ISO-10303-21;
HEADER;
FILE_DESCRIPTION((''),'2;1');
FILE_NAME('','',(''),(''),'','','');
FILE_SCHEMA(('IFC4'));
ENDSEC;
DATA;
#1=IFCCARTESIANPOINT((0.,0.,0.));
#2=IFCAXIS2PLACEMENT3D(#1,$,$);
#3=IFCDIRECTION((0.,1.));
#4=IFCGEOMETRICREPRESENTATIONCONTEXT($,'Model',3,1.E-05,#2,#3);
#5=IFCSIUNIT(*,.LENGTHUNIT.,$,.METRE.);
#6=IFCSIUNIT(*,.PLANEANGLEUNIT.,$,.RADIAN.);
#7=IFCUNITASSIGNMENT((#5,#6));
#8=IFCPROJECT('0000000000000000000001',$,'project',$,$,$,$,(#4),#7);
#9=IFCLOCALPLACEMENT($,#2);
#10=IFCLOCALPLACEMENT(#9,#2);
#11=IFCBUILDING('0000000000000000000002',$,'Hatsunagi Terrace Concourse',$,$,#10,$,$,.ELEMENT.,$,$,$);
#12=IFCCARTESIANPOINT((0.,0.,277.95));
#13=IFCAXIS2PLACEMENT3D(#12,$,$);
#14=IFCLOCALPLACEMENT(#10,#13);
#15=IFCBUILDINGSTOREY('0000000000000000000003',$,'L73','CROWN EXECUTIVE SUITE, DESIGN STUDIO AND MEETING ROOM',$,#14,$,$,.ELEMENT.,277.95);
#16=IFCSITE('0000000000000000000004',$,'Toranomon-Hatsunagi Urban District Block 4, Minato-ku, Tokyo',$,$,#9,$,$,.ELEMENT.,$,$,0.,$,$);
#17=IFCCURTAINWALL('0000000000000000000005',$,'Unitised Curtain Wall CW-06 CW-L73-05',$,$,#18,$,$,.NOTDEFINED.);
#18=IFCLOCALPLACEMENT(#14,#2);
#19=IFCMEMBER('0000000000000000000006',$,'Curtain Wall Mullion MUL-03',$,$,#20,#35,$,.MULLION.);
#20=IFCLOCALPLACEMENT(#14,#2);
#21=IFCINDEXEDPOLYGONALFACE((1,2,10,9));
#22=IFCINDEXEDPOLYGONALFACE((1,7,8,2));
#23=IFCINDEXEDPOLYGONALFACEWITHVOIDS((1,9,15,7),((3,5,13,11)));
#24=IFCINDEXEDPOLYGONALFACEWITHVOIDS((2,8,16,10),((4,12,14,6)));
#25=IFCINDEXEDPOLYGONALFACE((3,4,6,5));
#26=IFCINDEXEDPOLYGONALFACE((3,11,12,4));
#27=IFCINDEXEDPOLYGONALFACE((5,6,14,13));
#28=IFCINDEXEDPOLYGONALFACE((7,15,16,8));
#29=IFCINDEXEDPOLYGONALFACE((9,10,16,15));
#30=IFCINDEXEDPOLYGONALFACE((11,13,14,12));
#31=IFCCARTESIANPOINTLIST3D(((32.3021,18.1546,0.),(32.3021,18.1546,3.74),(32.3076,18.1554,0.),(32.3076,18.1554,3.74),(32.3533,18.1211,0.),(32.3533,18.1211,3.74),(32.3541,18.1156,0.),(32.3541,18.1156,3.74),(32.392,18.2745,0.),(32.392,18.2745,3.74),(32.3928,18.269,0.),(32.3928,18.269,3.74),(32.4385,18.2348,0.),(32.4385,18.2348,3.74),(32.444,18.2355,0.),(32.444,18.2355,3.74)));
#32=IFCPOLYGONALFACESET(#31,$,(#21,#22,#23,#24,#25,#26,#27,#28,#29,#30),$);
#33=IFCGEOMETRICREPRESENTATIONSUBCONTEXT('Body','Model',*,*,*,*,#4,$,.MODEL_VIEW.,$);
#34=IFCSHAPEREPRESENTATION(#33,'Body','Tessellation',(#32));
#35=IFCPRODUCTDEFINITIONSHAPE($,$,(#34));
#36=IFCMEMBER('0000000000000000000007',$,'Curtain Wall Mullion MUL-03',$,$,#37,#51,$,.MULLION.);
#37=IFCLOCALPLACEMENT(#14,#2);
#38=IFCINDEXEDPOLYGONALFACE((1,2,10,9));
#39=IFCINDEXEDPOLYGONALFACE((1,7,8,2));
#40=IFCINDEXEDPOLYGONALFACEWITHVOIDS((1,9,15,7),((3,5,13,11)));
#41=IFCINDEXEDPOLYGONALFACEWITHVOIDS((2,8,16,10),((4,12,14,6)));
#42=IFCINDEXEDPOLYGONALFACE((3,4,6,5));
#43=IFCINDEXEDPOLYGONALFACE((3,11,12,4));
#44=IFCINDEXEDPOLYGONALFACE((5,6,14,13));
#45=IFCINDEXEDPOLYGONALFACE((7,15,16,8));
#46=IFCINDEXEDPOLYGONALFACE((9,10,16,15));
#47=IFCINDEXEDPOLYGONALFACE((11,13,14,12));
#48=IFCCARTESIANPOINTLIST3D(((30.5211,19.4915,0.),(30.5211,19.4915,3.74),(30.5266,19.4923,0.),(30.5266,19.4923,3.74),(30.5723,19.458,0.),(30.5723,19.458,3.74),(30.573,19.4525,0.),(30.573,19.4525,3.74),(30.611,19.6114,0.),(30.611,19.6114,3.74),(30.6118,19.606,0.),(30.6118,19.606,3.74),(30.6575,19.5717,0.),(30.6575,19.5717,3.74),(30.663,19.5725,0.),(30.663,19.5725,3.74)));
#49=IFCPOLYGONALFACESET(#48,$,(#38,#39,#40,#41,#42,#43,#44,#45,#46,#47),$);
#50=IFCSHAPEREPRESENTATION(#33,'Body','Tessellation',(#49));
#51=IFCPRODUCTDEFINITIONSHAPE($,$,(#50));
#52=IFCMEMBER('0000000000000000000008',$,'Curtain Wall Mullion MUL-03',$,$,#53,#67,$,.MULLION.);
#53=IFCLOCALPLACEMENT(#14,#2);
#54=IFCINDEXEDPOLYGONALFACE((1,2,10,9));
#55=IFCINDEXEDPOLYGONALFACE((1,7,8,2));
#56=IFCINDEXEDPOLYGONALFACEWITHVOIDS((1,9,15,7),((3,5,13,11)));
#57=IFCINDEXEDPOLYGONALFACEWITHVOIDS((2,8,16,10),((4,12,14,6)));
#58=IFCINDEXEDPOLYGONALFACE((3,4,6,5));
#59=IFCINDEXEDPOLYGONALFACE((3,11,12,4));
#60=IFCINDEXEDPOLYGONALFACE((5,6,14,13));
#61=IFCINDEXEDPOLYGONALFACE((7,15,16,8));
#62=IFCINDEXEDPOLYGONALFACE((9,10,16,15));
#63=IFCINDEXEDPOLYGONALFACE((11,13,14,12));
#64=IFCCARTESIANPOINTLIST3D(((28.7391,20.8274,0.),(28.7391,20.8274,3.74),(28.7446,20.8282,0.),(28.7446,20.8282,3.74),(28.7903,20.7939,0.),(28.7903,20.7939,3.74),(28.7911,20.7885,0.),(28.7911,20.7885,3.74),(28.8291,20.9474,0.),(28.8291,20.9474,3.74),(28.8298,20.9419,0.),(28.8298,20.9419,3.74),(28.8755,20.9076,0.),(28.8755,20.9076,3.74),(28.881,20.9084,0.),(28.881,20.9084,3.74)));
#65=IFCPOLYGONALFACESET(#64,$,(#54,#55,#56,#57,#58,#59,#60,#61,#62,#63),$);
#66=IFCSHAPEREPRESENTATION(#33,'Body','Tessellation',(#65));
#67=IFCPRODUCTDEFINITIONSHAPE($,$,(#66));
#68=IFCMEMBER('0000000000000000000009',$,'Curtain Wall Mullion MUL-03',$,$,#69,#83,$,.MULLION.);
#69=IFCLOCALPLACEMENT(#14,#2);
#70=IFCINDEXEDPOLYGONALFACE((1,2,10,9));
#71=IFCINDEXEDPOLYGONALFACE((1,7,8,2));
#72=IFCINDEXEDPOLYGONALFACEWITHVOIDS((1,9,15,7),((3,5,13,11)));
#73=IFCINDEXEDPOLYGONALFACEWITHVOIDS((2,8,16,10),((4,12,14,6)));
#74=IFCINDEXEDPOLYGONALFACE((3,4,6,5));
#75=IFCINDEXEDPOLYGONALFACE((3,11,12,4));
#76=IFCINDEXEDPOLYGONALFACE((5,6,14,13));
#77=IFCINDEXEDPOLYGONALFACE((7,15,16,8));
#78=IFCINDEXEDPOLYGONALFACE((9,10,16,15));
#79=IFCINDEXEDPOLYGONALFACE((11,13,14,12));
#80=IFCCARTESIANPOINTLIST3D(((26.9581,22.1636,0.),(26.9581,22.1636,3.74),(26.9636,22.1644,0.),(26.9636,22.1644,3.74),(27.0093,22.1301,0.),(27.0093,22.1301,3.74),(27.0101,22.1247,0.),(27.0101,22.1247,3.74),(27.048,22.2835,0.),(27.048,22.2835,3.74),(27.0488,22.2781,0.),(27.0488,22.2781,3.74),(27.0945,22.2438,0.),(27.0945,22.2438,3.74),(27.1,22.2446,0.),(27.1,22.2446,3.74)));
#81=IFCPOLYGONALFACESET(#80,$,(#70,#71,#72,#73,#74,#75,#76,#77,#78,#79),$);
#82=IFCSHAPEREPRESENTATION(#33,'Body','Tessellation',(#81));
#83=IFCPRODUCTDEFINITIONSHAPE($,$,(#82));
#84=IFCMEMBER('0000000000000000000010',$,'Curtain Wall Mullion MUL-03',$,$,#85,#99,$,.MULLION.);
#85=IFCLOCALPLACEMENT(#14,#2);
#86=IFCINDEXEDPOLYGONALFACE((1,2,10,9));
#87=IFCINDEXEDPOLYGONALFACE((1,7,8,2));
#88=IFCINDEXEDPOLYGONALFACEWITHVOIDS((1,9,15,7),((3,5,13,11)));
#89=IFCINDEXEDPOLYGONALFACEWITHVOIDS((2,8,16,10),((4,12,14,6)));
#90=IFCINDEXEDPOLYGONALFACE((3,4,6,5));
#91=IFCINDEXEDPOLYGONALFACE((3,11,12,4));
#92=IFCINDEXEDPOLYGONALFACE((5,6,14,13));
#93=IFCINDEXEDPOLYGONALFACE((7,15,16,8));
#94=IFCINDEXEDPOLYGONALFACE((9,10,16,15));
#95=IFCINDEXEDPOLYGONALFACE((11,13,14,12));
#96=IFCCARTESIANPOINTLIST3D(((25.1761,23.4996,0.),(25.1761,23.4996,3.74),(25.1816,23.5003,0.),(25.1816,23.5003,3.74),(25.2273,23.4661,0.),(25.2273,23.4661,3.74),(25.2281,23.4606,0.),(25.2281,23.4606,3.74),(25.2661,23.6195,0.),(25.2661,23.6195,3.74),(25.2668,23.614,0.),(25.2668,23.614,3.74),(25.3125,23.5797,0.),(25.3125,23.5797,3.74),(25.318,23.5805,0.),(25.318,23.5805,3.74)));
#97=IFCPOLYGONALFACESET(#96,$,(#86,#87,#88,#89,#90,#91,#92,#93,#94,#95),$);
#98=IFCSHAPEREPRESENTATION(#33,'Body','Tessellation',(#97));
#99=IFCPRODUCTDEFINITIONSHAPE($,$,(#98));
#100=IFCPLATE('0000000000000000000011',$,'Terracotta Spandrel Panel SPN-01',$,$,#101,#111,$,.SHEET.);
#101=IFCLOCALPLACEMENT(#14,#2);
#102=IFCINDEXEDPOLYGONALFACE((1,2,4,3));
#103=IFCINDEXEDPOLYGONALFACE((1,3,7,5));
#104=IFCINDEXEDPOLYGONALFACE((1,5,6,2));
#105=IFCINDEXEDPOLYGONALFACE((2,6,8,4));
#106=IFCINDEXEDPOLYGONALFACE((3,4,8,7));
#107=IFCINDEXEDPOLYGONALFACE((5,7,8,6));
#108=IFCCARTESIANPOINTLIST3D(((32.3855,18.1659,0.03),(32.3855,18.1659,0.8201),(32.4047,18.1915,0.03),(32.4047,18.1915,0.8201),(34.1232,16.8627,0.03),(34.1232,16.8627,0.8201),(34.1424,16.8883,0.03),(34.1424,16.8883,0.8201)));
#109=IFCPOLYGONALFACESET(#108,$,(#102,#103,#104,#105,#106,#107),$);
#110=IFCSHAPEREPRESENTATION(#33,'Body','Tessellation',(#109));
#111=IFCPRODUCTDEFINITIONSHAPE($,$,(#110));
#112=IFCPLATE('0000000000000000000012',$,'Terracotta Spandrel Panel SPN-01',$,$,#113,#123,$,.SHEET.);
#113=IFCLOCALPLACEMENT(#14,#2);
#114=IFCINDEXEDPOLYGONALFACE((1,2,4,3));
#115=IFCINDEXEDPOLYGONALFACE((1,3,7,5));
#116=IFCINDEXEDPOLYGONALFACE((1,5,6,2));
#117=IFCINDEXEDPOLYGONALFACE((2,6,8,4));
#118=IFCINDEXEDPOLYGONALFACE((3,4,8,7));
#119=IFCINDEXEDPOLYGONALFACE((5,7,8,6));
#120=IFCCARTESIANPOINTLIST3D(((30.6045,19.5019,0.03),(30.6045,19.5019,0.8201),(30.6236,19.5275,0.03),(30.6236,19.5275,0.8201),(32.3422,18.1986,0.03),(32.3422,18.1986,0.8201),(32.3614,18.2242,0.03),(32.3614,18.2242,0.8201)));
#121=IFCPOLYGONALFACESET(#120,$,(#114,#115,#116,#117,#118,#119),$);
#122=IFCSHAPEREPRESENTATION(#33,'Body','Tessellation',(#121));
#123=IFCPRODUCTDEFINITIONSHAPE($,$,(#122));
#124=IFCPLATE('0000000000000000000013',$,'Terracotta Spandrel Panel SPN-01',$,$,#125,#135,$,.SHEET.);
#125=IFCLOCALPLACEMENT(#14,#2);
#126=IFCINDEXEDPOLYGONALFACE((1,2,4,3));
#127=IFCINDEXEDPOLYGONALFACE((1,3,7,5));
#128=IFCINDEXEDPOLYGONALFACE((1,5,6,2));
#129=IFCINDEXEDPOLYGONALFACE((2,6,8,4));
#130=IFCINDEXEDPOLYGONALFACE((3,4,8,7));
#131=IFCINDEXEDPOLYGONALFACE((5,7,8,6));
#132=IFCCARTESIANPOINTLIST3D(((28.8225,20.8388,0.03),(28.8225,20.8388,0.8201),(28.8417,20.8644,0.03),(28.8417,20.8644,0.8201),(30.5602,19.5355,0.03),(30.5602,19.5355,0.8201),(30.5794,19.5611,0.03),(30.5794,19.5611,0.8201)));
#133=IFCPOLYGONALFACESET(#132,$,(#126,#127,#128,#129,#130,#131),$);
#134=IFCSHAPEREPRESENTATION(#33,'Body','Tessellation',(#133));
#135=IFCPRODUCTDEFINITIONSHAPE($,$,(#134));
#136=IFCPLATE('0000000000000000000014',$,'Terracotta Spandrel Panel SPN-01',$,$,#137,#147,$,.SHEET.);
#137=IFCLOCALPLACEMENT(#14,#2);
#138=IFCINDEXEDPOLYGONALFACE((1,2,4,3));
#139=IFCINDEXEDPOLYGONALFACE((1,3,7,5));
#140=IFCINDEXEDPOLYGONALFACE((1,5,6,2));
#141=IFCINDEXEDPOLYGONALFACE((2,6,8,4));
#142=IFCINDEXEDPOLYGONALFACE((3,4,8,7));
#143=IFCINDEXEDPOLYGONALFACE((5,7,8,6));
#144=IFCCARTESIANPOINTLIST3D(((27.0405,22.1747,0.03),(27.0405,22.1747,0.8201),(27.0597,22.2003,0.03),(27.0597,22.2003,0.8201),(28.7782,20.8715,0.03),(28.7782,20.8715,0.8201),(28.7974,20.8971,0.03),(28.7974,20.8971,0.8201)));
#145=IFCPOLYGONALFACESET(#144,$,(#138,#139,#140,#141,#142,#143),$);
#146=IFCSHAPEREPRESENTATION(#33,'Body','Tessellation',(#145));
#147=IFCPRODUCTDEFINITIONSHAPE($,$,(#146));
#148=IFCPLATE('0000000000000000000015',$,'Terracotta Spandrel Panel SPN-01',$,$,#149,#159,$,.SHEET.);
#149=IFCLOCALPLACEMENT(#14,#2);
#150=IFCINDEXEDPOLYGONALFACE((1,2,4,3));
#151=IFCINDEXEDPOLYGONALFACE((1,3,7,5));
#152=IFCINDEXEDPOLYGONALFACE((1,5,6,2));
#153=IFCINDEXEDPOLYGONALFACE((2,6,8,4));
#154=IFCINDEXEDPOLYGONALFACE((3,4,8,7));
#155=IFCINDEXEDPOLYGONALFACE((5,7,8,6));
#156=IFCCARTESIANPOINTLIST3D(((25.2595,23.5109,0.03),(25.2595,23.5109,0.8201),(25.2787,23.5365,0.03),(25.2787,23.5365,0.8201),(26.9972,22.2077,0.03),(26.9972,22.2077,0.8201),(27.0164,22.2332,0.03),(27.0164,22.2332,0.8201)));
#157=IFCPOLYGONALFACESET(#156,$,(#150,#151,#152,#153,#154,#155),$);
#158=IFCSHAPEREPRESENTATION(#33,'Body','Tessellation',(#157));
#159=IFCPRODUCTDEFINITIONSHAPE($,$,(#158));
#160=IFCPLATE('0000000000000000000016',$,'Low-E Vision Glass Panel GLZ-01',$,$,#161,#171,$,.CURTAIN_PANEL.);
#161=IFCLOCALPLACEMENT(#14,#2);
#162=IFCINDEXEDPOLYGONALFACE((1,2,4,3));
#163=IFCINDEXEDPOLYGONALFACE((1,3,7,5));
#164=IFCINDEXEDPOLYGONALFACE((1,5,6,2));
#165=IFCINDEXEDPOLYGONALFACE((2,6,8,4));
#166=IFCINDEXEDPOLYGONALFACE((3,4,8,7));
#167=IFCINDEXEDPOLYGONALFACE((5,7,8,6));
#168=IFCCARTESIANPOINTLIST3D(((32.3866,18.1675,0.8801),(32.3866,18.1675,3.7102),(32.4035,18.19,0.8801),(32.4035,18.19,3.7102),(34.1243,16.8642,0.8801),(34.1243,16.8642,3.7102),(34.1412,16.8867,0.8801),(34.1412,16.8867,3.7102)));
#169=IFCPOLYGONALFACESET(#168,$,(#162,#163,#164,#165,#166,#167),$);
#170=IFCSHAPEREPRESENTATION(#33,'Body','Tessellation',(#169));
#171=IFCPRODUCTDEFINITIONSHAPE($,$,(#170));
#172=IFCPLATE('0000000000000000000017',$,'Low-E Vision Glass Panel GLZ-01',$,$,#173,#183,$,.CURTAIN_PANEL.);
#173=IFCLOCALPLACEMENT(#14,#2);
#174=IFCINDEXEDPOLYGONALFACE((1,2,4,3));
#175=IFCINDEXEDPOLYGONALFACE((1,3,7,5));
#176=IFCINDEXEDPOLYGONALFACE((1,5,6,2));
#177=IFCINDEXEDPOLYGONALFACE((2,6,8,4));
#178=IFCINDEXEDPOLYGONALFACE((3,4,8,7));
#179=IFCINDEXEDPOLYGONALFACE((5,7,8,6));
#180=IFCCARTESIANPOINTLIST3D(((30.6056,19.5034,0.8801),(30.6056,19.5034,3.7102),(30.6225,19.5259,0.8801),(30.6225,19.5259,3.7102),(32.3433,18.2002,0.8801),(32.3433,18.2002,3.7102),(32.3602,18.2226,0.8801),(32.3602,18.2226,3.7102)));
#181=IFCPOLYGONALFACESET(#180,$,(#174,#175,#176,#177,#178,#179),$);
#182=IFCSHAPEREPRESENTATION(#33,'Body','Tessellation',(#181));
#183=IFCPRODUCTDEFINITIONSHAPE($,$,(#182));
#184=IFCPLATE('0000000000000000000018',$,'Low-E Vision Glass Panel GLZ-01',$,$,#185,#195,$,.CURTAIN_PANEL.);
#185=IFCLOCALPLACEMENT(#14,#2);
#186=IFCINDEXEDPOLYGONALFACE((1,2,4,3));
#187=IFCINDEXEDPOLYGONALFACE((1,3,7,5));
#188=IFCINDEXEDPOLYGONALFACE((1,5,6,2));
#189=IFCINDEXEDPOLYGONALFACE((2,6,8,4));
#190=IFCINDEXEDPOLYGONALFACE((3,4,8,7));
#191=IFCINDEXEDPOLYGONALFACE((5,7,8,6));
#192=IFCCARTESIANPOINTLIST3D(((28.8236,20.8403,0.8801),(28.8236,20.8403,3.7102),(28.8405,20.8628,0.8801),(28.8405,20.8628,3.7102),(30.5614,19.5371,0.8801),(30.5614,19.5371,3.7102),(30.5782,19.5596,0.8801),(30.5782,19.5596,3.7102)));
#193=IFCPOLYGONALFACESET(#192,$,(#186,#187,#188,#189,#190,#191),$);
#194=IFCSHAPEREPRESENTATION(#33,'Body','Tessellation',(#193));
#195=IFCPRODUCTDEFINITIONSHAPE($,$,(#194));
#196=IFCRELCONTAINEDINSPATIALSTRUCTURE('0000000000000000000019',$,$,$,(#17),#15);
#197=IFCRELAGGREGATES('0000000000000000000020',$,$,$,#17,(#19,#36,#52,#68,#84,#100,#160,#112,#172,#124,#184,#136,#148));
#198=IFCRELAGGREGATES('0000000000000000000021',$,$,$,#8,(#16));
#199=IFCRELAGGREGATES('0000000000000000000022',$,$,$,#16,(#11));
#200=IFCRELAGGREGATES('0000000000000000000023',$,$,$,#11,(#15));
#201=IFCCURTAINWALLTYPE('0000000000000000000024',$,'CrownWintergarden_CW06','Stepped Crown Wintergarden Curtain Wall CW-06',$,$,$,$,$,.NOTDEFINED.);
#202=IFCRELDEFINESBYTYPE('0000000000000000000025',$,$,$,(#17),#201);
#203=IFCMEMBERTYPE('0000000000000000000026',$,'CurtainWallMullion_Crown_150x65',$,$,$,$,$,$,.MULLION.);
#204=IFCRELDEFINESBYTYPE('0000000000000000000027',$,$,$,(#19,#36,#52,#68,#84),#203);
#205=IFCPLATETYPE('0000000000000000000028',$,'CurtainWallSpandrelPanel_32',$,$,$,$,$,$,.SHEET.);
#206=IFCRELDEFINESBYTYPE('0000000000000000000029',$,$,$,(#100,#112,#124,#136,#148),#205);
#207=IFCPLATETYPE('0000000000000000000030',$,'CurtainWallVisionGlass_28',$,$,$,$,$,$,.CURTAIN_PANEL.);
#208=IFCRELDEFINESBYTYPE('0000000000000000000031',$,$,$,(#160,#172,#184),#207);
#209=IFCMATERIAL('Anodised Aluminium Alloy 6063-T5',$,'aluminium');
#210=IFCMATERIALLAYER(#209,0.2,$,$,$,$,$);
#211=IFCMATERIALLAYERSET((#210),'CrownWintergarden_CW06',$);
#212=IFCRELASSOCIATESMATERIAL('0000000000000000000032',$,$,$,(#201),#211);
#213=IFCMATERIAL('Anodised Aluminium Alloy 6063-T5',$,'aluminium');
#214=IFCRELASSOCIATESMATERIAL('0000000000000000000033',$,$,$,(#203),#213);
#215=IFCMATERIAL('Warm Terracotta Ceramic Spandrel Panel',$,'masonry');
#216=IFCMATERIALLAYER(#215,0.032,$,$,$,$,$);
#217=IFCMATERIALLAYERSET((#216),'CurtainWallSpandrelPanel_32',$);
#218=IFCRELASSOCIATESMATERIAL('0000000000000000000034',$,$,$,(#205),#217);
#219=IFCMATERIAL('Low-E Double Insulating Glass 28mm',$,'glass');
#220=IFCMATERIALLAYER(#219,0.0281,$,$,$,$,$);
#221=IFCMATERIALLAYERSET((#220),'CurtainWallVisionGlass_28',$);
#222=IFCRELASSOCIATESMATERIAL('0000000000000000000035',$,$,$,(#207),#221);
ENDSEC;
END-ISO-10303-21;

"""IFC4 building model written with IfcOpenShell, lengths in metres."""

from ifc_helpers import new_model, si_unit, direction, frame, origin, origin_2d, place, context, subcontext, project, spatial, rectangle, hollow_rectangle, extrude, material, layer, layer_set, material_profile, profile_set, type_object, element, aggregate, save


model = new_model("IFC4")

# Units and contexts
model_context = context("Model", 3, precision=1e-05, world=origin(), true_north=direction((0.0, 1.0)))
body_context = subcontext(model_context, "Body", "Model", "MODEL_VIEW")
ifc_project = project(units=[si_unit("LENGTHUNIT", "METRE"), si_unit("PLANEANGLEUNIT", "RADIAN")], contexts=[model_context])

# Site, building, storey
site_placement = place(None, origin())
site = spatial("IfcSite", under=ifc_project, at=site_placement, Name="Toranomon-Hatsunagi Urban District Block 4, Minato-ku, Tokyo", CompositionType="ELEMENT", RefElevation=0.0)
building_placement = place(site_placement, origin())
building = spatial("IfcBuilding", under=site, at=building_placement, Name="Hatsunagi Terrace Concourse", CompositionType="ELEMENT")
storey_placement = place(building_placement, frame((0.0, 0.0, 277.95)))
storey = spatial("IfcBuildingStorey", under=building, at=storey_placement, Name="L73", Description="CROWN EXECUTIVE SUITE, DESIGN STUDIO AND MEETING ROOM", CompositionType="ELEMENT", Elevation=277.95)

# Curtain wall, members, plates
ifc_material_1 = material(Name="Anodised Aluminium Alloy 6063-T5", Category="aluminium")
ifc_layer_1 = layer(ifc_material_1, 0.2)
ifc_layer_set_1 = layer_set([ifc_layer_1], Name="CrownWintergarden_CW06")
curtain_wall_type = type_object("IfcCurtainWallType", Name="CrownWintergarden_CW06", Description="Stepped Crown Wintergarden Curtain Wall CW-06", PredefinedType="NOTDEFINED", material=ifc_layer_set_1)
curtain_wall_placement = place(storey_placement, origin())
curtain_wall = element("IfcCurtainWall", 1, at=curtain_wall_placement, inside=storey, type_object=curtain_wall_type, Name="Unitised Curtain Wall CW-06 CW-L73-05", PredefinedType="NOTDEFINED")
ifc_material_2 = material(Name="Anodised Aluminium Alloy 6063-T5", Category="aluminium")
ifc_material_profile = material_profile(ifc_material_2, hollow_rectangle(XDim=0.0649, YDim=0.1499, WallThickness=0.0039, at=origin_2d()), Name="ALU-MUL-150x65x4")
ifc_profile_set = profile_set([ifc_material_profile], Name="Anodised Aluminium Alloy 6063-T5")
member_type = type_object("IfcMemberType", Name="CurtainWallMullion_Crown_150x65", PredefinedType="MULLION", material=ifc_profile_set)
member_1_placement = place(storey_placement, frame((32.373, 18.1951, 0.0), z_axis=(0.0, 0.0, 1.0), x_axis=(-0.800007, 0.59999, 0.0)))
member_1 = element("IfcMember", 2, at=member_1_placement, type_object=member_type, Name="Curtain Wall Mullion MUL-03", PredefinedType="MULLION", context=body_context, shape_type="SweptSolid", body=[
    extrude(hollow_rectangle(XDim=0.0649, YDim=0.1499, WallThickness=0.0039, at=origin_2d()), origin(), (0.0, 0.0, 1.0), 3.74),
])
member_2_placement = place(storey_placement, frame((30.592, 19.532, 0.0), z_axis=(0.0, 0.0, 1.0), x_axis=(-0.800007, 0.59999, 0.0)))
member_2 = element("IfcMember", 3, at=member_2_placement, type_object=member_type, Name="Curtain Wall Mullion MUL-03", PredefinedType="MULLION", context=body_context, shape_type="SweptSolid", body=[
    extrude(hollow_rectangle(XDim=0.0649, YDim=0.1499, WallThickness=0.0039, at=origin_2d()), origin(), (0.0, 0.0, 1.0), 3.74),
])
member_3_placement = place(storey_placement, frame((28.8101, 20.8679, 0.0), z_axis=(0.0, 0.0, 1.0), x_axis=(-0.800007, 0.59999, 0.0)))
member_3 = element("IfcMember", 4, at=member_3_placement, type_object=member_type, Name="Curtain Wall Mullion MUL-03", PredefinedType="MULLION", context=body_context, shape_type="SweptSolid", body=[
    extrude(hollow_rectangle(XDim=0.0649, YDim=0.1499, WallThickness=0.0039, at=origin_2d()), origin(), (0.0, 0.0, 1.0), 3.74),
])
member_4_placement = place(storey_placement, frame((27.0291, 22.2041, 0.0), z_axis=(0.0, 0.0, 1.0), x_axis=(-0.800007, 0.59999, 0.0)))
member_4 = element("IfcMember", 5, at=member_4_placement, type_object=member_type, Name="Curtain Wall Mullion MUL-03", PredefinedType="MULLION", context=body_context, shape_type="SweptSolid", body=[
    extrude(hollow_rectangle(XDim=0.0649, YDim=0.1499, WallThickness=0.0039, at=origin_2d()), origin(), (0.0, 0.0, 1.0), 3.74),
])
member_5_placement = place(storey_placement, frame((25.2471, 23.54, 0.0), z_axis=(0.0, 0.0, 1.0), x_axis=(-0.800007, 0.59999, 0.0)))
member_5 = element("IfcMember", 6, at=member_5_placement, type_object=member_type, Name="Curtain Wall Mullion MUL-03", PredefinedType="MULLION", context=body_context, shape_type="SweptSolid", body=[
    extrude(hollow_rectangle(XDim=0.0649, YDim=0.1499, WallThickness=0.0039, at=origin_2d()), origin(), (0.0, 0.0, 1.0), 3.74),
])
ifc_material_3 = material(Name="Warm Terracotta Ceramic Spandrel Panel", Category="masonry")
ifc_layer_2 = layer(ifc_material_3, 0.032)
ifc_layer_set_2 = layer_set([ifc_layer_2], Name="CurtainWallSpandrelPanel_32")
plate_type_1 = type_object("IfcPlateType", Name="CurtainWallSpandrelPanel_32", PredefinedType="SHEET", material=ifc_layer_set_2)
plate_1_placement = place(storey_placement, frame((33.2639, 17.5271, 0.03), z_axis=(0.0, 0.0, 1.0), x_axis=(-0.800007, 0.59999, 0.0)))
plate_1 = element("IfcPlate", 7, at=plate_1_placement, type_object=plate_type_1, Name="Terracotta Spandrel Panel SPN-01", PredefinedType="SHEET", context=body_context, shape_type="SweptSolid", body=[
    extrude(rectangle(XDim=2.1721, YDim=0.032, at=origin_2d()), origin(), (0.0, 0.0, 1.0), 0.79),
])
plate_2_placement = place(storey_placement, frame((31.4829, 18.863, 0.03), z_axis=(0.0, 0.0, 1.0), x_axis=(-0.800007, 0.59999, 0.0)))
plate_2 = element("IfcPlate", 8, at=plate_2_placement, type_object=plate_type_1, Name="Terracotta Spandrel Panel SPN-01", PredefinedType="SHEET", context=body_context, shape_type="SweptSolid", body=[
    extrude(rectangle(XDim=2.1721, YDim=0.032, at=origin_2d()), origin(), (0.0, 0.0, 1.0), 0.79),
])
plate_3_placement = place(storey_placement, frame((29.7009, 20.2, 0.03), z_axis=(0.0, 0.0, 1.0), x_axis=(-0.800007, 0.59999, 0.0)))
plate_3 = element("IfcPlate", 9, at=plate_3_placement, type_object=plate_type_1, Name="Terracotta Spandrel Panel SPN-01", PredefinedType="SHEET", context=body_context, shape_type="SweptSolid", body=[
    extrude(rectangle(XDim=2.1721, YDim=0.032, at=origin_2d()), origin(), (0.0, 0.0, 1.0), 0.79),
])
plate_4_placement = place(storey_placement, frame((27.9189, 21.5359, 0.03), z_axis=(0.0, 0.0, 1.0), x_axis=(-0.800007, 0.59999, 0.0)))
plate_4 = element("IfcPlate", 10, at=plate_4_placement, type_object=plate_type_1, Name="Terracotta Spandrel Panel SPN-01", PredefinedType="SHEET", context=body_context, shape_type="SweptSolid", body=[
    extrude(rectangle(XDim=2.1721, YDim=0.032, at=origin_2d()), origin(), (0.0, 0.0, 1.0), 0.79),
])
plate_5_placement = place(storey_placement, frame((26.1379, 22.8721, 0.03), z_axis=(0.0, 0.0, 1.0), x_axis=(-0.800007, 0.59999, 0.0)))
plate_5 = element("IfcPlate", 11, at=plate_5_placement, type_object=plate_type_1, Name="Terracotta Spandrel Panel SPN-01", PredefinedType="SHEET", context=body_context, shape_type="SweptSolid", body=[
    extrude(rectangle(XDim=2.1721, YDim=0.032, at=origin_2d()), origin(), (0.0, 0.0, 1.0), 0.79),
])
ifc_material_4 = material(Name="Low-E Double Insulating Glass 28mm", Category="glass")
ifc_layer_3 = layer(ifc_material_4, 0.0281)
ifc_layer_set_3 = layer_set([ifc_layer_3], Name="CurtainWallVisionGlass_28")
plate_type_2 = type_object("IfcPlateType", Name="CurtainWallVisionGlass_28", PredefinedType="CURTAIN_PANEL", material=ifc_layer_set_3)
plate_6_placement = place(storey_placement, frame((33.2639, 17.5271, 0.8801), z_axis=(0.0, 0.0, 1.0), x_axis=(-0.800007, 0.59999, 0.0)))
plate_6 = element("IfcPlate", 12, at=plate_6_placement, type_object=plate_type_2, Name="Low-E Vision Glass Panel GLZ-01", PredefinedType="CURTAIN_PANEL", context=body_context, shape_type="SweptSolid", body=[
    extrude(rectangle(XDim=2.1721, YDim=0.0281, at=origin_2d()), origin(), (0.0, 0.0, 1.0), 2.8301),
])
plate_7_placement = place(storey_placement, frame((31.4829, 18.863, 0.8801), z_axis=(0.0, 0.0, 1.0), x_axis=(-0.800007, 0.59999, 0.0)))
plate_7 = element("IfcPlate", 13, at=plate_7_placement, type_object=plate_type_2, Name="Low-E Vision Glass Panel GLZ-01", PredefinedType="CURTAIN_PANEL", context=body_context, shape_type="SweptSolid", body=[
    extrude(rectangle(XDim=2.1721, YDim=0.0281, at=origin_2d()), origin(), (0.0, 0.0, 1.0), 2.8301),
])
plate_8_placement = place(storey_placement, frame((29.7009, 20.2, 0.8801), z_axis=(0.0, 0.0, 1.0), x_axis=(-0.800007, 0.59999, 0.0)))
plate_8 = element("IfcPlate", 14, at=plate_8_placement, type_object=plate_type_2, Name="Low-E Vision Glass Panel GLZ-01", PredefinedType="CURTAIN_PANEL", context=body_context, shape_type="SweptSolid", body=[
    extrude(rectangle(XDim=2.1721, YDim=0.0281, at=origin_2d()), origin(), (0.0, 0.0, 1.0), 2.8301),
])
aggregate(curtain_wall, [member_1, member_2, member_3, member_4, member_5, plate_1, plate_6, plate_2, plate_7, plate_3, plate_8, plate_4, plate_5])

save(model, "model.ifc")
